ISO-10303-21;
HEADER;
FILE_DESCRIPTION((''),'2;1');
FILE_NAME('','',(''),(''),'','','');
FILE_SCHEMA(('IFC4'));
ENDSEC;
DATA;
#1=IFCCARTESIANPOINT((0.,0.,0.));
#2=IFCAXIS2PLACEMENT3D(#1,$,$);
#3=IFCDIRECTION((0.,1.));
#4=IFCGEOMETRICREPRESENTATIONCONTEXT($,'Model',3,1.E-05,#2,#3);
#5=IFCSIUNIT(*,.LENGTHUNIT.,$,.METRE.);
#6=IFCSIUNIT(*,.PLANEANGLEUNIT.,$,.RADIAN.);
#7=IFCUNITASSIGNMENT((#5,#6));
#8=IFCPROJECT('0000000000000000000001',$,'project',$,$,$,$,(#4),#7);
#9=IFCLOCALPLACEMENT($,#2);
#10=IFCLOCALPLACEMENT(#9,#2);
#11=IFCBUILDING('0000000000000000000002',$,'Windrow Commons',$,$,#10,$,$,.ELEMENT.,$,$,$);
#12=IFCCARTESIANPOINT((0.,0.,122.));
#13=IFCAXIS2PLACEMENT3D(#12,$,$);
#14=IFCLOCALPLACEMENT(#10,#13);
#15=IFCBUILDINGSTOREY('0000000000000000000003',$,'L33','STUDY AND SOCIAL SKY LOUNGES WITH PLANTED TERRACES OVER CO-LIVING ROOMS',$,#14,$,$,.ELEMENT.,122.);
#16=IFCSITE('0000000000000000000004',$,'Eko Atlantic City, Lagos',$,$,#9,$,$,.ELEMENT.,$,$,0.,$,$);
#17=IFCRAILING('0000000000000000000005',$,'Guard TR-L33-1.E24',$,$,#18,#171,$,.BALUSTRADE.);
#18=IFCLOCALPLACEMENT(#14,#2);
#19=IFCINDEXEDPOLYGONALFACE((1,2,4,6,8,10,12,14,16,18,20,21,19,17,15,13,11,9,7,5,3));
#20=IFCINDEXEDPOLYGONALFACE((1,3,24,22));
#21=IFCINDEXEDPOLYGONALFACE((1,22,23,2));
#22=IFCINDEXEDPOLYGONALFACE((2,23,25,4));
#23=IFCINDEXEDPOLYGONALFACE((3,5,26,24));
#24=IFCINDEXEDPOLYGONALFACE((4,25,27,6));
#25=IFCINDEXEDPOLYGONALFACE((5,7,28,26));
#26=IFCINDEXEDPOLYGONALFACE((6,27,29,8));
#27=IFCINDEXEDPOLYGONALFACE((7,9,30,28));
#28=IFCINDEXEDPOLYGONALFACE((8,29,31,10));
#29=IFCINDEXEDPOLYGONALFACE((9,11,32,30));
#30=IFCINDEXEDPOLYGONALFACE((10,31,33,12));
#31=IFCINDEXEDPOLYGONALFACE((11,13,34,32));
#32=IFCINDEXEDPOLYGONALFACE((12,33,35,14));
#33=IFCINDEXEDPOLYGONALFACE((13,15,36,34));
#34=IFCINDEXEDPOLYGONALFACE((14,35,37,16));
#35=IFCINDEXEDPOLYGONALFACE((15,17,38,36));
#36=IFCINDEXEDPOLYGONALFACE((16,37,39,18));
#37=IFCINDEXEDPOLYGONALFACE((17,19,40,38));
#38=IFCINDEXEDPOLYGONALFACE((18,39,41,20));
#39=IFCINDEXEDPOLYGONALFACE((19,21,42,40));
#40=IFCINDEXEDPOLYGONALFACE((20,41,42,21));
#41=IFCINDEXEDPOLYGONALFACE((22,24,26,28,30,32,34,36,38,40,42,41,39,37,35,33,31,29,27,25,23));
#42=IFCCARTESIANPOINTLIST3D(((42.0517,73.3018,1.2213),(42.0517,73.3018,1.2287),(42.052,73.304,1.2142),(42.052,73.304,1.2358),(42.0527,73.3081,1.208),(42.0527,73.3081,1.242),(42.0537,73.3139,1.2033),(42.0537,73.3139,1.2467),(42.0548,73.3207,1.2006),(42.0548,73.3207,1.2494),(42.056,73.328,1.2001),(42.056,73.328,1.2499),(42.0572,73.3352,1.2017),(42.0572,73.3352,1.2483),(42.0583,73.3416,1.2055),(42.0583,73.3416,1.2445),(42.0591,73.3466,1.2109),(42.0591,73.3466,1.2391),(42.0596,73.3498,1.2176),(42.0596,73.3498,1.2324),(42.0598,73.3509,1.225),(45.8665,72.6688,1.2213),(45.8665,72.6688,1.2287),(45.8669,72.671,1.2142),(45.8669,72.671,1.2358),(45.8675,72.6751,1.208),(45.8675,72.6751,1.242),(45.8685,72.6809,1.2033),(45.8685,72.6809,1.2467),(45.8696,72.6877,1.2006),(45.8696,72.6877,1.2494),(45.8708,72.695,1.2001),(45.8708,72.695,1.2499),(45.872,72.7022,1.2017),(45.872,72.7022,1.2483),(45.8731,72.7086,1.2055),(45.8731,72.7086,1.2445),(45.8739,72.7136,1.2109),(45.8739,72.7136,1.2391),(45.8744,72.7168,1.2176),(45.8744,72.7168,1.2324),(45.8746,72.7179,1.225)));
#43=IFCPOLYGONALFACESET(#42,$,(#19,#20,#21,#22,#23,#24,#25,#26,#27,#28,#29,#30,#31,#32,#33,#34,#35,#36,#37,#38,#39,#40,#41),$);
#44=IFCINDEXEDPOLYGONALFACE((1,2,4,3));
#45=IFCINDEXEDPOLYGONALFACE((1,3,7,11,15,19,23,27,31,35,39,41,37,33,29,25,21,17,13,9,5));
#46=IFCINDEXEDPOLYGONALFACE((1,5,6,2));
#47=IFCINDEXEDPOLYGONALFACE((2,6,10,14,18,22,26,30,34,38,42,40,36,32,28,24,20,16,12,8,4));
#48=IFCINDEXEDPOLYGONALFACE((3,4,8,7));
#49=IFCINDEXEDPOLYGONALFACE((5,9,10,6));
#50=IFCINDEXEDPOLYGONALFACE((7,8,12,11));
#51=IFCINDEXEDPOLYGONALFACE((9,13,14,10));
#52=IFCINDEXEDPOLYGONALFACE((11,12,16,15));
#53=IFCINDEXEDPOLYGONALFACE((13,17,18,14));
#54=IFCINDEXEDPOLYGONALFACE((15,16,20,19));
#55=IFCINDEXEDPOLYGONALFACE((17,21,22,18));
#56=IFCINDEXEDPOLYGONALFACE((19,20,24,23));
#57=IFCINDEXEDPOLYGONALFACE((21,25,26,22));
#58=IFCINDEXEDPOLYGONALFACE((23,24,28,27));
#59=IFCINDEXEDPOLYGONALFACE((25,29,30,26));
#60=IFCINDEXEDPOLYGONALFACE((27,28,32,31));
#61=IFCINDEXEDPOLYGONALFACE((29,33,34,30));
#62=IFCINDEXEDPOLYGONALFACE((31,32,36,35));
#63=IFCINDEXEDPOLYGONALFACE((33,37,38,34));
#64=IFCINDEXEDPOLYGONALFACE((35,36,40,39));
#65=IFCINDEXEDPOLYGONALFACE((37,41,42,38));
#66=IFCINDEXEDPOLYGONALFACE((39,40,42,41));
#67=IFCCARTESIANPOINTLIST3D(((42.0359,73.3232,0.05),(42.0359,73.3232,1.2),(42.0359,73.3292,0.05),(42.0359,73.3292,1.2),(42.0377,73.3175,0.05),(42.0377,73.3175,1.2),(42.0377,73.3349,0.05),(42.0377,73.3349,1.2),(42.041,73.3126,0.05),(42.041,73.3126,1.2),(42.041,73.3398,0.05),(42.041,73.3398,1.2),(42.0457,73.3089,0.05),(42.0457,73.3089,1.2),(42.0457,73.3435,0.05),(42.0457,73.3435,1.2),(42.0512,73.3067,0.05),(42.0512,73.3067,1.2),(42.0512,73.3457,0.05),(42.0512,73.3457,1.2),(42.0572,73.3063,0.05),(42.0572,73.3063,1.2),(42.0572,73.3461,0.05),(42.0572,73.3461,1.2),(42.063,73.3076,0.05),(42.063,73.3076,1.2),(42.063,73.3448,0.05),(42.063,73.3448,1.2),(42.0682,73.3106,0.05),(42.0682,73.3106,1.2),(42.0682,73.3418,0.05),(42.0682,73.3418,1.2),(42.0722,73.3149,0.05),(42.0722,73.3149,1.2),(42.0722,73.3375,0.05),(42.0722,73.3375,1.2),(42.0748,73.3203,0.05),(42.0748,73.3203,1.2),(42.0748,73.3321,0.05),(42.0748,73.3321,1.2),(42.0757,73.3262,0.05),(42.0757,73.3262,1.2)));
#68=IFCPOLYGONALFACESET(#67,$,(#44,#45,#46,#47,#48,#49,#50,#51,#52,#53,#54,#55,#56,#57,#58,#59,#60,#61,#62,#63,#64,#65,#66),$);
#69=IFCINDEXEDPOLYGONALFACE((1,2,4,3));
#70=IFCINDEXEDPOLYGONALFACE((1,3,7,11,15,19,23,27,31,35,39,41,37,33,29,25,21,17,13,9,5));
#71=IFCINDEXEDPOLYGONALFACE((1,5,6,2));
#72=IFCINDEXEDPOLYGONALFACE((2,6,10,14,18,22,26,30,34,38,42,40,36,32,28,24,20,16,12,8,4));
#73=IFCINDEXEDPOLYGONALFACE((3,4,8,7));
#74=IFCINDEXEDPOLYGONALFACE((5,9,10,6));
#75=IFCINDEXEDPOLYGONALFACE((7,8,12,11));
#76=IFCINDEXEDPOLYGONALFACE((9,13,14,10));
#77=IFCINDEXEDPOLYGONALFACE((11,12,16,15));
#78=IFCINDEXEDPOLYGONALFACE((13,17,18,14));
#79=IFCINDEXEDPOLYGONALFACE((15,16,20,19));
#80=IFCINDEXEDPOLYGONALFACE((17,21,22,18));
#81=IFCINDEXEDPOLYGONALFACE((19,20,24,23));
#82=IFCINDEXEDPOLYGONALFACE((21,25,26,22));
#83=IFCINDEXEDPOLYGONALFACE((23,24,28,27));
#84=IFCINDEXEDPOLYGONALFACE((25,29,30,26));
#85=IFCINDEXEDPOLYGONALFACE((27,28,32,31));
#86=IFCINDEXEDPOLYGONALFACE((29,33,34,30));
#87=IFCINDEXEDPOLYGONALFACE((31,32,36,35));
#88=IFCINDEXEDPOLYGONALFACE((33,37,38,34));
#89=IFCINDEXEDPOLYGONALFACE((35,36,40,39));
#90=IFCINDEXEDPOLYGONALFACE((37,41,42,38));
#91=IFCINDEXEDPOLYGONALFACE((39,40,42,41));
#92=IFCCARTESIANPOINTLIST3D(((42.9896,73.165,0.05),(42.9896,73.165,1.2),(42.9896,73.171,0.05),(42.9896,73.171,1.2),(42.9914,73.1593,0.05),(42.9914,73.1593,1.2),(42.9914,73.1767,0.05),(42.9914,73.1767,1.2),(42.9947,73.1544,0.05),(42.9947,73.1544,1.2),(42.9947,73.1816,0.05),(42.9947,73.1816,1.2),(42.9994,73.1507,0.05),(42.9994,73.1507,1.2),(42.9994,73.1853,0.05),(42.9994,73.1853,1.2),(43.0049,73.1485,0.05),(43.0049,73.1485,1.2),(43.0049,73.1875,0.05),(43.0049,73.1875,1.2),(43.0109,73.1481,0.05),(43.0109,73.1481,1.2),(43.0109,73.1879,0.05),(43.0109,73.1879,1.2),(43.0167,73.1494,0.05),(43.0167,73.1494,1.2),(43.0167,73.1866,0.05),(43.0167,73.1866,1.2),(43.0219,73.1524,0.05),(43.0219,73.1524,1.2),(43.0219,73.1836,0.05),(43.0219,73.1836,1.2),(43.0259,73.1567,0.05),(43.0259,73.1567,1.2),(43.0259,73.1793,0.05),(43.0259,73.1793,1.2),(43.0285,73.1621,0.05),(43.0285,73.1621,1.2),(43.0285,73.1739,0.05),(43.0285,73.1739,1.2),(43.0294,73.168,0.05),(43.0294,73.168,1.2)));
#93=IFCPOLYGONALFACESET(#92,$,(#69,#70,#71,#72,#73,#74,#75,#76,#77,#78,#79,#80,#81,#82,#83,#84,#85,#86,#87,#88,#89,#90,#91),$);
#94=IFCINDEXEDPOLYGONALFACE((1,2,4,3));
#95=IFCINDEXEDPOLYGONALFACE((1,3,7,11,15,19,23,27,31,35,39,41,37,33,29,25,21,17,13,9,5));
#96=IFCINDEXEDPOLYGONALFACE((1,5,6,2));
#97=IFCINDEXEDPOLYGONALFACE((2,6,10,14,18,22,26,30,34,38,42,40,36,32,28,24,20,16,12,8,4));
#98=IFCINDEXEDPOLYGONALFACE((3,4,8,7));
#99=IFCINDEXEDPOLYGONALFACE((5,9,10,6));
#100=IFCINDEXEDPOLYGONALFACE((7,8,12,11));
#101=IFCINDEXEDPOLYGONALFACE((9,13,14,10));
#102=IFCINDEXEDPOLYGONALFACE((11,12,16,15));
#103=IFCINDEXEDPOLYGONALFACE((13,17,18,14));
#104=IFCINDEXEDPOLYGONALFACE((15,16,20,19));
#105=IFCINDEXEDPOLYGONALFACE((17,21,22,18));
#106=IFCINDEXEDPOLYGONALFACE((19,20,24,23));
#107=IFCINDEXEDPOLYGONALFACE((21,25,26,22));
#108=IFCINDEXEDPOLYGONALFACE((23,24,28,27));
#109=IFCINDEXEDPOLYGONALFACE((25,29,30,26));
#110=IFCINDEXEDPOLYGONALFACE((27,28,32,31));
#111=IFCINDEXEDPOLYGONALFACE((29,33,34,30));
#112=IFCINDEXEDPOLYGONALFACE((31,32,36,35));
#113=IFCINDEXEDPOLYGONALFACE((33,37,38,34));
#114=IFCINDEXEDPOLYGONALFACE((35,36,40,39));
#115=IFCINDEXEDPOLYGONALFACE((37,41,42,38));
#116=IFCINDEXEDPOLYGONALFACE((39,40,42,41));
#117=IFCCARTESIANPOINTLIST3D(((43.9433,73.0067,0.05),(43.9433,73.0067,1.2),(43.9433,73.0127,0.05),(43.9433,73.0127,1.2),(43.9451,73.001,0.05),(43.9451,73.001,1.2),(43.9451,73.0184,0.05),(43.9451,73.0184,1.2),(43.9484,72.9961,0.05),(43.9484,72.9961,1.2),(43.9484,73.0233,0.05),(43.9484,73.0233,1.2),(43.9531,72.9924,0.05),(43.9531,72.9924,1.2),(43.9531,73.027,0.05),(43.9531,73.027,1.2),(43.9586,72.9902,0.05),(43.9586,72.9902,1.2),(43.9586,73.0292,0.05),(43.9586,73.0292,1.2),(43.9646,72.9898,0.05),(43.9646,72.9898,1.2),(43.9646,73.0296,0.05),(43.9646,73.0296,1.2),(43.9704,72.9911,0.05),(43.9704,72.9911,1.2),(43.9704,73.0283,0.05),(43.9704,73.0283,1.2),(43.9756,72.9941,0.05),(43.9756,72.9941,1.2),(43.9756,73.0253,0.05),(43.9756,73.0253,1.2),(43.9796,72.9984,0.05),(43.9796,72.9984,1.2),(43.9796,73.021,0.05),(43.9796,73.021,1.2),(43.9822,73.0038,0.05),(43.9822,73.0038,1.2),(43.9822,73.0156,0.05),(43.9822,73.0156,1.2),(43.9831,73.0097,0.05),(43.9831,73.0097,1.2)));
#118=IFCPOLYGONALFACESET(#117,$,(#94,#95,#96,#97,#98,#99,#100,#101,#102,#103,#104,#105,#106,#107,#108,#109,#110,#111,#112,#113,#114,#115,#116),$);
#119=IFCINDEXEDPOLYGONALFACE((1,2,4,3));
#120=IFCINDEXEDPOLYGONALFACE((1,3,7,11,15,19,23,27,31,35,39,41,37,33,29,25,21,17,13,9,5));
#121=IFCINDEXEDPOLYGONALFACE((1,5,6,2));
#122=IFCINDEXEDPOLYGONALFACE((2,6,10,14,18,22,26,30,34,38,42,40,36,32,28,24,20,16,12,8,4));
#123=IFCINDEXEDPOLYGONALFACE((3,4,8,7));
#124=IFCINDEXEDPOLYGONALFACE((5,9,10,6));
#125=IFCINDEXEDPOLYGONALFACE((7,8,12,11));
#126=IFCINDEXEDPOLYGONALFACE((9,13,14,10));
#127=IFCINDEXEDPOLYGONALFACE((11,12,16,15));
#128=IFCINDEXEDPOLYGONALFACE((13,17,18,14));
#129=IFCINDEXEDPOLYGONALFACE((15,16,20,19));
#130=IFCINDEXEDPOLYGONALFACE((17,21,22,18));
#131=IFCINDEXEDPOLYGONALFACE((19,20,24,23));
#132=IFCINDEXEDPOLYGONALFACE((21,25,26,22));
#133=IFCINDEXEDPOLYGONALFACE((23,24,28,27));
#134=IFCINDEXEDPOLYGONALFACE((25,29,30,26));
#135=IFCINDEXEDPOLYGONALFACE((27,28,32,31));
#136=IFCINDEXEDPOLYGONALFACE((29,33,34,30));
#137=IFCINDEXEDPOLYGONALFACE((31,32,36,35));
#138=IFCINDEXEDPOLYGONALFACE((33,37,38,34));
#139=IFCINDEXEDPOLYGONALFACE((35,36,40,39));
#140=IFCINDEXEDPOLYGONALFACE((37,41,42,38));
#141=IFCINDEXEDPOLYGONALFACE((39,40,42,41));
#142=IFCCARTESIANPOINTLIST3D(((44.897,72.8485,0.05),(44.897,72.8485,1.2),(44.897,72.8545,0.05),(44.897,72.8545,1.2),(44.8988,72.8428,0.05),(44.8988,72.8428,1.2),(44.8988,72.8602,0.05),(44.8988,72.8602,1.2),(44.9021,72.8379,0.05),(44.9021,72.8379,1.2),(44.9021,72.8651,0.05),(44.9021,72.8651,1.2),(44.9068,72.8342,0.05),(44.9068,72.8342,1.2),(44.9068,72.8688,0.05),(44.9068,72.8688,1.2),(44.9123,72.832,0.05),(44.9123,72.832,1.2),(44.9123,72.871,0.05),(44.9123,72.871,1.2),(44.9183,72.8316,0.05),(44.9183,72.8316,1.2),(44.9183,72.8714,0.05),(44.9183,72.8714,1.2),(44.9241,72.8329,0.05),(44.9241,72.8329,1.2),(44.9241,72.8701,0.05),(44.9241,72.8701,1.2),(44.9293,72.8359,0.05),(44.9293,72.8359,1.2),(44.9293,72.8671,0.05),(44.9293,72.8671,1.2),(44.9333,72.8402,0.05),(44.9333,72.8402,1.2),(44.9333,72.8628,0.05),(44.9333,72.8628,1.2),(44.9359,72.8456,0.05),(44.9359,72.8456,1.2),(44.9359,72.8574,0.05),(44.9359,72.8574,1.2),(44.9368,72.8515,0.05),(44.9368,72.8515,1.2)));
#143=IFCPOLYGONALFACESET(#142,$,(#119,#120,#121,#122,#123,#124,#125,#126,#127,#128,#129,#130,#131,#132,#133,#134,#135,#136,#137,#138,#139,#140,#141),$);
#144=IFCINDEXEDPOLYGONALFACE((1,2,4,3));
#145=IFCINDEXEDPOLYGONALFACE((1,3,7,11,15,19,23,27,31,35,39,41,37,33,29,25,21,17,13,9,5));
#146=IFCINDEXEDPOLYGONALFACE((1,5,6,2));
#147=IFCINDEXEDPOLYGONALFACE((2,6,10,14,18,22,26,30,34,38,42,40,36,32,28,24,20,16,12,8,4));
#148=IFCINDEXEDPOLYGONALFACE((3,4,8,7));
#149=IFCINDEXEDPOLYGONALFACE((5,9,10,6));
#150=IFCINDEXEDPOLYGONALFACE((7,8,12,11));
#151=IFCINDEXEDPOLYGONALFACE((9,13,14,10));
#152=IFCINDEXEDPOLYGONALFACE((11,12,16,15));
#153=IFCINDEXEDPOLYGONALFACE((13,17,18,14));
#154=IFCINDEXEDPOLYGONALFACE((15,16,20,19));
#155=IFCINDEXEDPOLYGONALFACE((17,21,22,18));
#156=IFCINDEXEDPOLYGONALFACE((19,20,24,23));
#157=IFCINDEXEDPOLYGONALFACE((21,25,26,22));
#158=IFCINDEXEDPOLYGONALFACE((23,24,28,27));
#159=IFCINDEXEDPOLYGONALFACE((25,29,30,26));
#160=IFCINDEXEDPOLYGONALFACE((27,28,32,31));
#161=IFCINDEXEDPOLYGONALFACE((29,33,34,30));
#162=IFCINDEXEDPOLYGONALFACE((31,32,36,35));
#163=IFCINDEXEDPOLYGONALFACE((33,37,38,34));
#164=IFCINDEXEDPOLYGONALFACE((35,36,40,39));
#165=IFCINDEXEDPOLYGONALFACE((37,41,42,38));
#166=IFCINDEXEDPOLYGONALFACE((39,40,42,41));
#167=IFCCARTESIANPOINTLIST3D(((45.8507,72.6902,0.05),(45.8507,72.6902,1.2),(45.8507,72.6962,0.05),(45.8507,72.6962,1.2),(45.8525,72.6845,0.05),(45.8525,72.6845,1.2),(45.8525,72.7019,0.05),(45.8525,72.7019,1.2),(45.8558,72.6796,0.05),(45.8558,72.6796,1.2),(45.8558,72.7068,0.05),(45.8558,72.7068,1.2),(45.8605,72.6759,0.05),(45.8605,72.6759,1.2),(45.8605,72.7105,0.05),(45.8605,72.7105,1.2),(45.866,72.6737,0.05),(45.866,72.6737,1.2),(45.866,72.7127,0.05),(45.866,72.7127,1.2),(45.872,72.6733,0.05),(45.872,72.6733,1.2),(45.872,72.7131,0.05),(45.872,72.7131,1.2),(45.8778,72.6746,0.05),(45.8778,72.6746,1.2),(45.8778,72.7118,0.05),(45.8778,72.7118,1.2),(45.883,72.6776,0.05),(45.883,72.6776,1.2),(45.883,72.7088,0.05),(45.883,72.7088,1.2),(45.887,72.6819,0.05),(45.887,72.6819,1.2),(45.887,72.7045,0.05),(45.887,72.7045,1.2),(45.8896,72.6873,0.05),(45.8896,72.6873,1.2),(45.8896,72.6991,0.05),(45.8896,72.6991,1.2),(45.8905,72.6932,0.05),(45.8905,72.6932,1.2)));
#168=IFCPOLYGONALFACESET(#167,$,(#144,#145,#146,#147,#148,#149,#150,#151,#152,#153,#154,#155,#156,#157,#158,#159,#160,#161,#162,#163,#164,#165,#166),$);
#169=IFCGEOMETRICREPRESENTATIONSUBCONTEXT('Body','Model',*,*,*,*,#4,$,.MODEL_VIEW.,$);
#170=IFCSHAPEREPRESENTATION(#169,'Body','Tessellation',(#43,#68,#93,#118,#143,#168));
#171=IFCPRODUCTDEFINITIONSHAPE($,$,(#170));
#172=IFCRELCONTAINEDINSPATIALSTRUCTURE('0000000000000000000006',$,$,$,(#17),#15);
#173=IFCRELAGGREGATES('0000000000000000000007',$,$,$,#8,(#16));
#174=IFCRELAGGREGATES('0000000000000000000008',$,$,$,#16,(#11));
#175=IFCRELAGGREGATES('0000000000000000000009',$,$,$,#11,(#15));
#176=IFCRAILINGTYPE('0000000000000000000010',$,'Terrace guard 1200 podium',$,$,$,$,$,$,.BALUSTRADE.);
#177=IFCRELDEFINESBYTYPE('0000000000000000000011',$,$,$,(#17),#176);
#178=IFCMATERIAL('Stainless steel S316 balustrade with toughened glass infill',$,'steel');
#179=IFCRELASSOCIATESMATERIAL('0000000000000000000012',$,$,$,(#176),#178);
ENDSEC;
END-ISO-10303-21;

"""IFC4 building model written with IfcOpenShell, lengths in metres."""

from ifc_helpers import new_model, si_unit, direction, frame, origin, origin_2d, place, context, subcontext, project, spatial, circle, extrude, material, type_object, element, save


model = new_model("IFC4")

# Units and contexts
model_context = context("Model", 3, precision=1e-05, world=origin(), true_north=direction((0.0, 1.0)))
body_context = subcontext(model_context, "Body", "Model", "MODEL_VIEW")
ifc_project = project(units=[si_unit("LENGTHUNIT", "METRE"), si_unit("PLANEANGLEUNIT", "RADIAN")], contexts=[model_context])

# Site, building, storey
site_placement = place(None, origin())
site = spatial("IfcSite", under=ifc_project, at=site_placement, Name="Eko Atlantic City, Lagos", CompositionType="ELEMENT", RefElevation=0.0)
building_placement = place(site_placement, origin())
building = spatial("IfcBuilding", under=site, at=building_placement, Name="Windrow Commons", CompositionType="ELEMENT")
storey_placement = place(building_placement, frame((0.0, 0.0, 122.0)))
storey = spatial("IfcBuildingStorey", under=building, at=storey_placement, Name="L33", Description="STUDY AND SOCIAL SKY LOUNGES WITH PLANTED TERRACES OVER CO-LIVING ROOMS", CompositionType="ELEMENT", Elevation=122.0)

# Railing
ifc_material_1 = material(Name="Stainless steel S316 balustrade with toughened glass infill", Category="steel")
railing_type = type_object("IfcRailingType", Name="Terrace guard 1200 podium", PredefinedType="BALUSTRADE", material=ifc_material_1)
railing_1_placement = place(storey_placement, frame((42.0557, 73.3262, 0.05)))
element("IfcRailing", 1, at=railing_1_placement, inside=storey, type_object=railing_type, Name="Guard TR-L33-1.E24", PredefinedType="BALUSTRADE", context=body_context, shape_type="SweptSolid", body=[
    extrude(circle(Radius=0.025, at=origin_2d()), frame((0.0, 0.0, 1.175), z_axis=(0.986511, -0.163694, 0.0), x_axis=(0.163694, 0.986511, 0.0)), (0.0, 0.0, 1.0), 3.867),
    extrude(circle(Radius=0.02, at=origin_2d()), origin(), (0.0, 0.0, 1.0), 1.15),
    extrude(circle(Radius=0.02, at=origin_2d()), frame((0.9537, -0.1582, 0.0)), (0.0, 0.0, 1.0), 1.15),
    extrude(circle(Radius=0.02, at=origin_2d()), frame((1.9074, -0.3165, 0.0)), (0.0, 0.0, 1.0), 1.15),
    extrude(circle(Radius=0.02, at=origin_2d()), frame((2.8611, -0.4747, 0.0)), (0.0, 0.0, 1.0), 1.15),
    extrude(circle(Radius=0.02, at=origin_2d()), frame((3.8148, -0.633, 0.0)), (0.0, 0.0, 1.0), 1.15),
])

save(model, "model.ifc")
